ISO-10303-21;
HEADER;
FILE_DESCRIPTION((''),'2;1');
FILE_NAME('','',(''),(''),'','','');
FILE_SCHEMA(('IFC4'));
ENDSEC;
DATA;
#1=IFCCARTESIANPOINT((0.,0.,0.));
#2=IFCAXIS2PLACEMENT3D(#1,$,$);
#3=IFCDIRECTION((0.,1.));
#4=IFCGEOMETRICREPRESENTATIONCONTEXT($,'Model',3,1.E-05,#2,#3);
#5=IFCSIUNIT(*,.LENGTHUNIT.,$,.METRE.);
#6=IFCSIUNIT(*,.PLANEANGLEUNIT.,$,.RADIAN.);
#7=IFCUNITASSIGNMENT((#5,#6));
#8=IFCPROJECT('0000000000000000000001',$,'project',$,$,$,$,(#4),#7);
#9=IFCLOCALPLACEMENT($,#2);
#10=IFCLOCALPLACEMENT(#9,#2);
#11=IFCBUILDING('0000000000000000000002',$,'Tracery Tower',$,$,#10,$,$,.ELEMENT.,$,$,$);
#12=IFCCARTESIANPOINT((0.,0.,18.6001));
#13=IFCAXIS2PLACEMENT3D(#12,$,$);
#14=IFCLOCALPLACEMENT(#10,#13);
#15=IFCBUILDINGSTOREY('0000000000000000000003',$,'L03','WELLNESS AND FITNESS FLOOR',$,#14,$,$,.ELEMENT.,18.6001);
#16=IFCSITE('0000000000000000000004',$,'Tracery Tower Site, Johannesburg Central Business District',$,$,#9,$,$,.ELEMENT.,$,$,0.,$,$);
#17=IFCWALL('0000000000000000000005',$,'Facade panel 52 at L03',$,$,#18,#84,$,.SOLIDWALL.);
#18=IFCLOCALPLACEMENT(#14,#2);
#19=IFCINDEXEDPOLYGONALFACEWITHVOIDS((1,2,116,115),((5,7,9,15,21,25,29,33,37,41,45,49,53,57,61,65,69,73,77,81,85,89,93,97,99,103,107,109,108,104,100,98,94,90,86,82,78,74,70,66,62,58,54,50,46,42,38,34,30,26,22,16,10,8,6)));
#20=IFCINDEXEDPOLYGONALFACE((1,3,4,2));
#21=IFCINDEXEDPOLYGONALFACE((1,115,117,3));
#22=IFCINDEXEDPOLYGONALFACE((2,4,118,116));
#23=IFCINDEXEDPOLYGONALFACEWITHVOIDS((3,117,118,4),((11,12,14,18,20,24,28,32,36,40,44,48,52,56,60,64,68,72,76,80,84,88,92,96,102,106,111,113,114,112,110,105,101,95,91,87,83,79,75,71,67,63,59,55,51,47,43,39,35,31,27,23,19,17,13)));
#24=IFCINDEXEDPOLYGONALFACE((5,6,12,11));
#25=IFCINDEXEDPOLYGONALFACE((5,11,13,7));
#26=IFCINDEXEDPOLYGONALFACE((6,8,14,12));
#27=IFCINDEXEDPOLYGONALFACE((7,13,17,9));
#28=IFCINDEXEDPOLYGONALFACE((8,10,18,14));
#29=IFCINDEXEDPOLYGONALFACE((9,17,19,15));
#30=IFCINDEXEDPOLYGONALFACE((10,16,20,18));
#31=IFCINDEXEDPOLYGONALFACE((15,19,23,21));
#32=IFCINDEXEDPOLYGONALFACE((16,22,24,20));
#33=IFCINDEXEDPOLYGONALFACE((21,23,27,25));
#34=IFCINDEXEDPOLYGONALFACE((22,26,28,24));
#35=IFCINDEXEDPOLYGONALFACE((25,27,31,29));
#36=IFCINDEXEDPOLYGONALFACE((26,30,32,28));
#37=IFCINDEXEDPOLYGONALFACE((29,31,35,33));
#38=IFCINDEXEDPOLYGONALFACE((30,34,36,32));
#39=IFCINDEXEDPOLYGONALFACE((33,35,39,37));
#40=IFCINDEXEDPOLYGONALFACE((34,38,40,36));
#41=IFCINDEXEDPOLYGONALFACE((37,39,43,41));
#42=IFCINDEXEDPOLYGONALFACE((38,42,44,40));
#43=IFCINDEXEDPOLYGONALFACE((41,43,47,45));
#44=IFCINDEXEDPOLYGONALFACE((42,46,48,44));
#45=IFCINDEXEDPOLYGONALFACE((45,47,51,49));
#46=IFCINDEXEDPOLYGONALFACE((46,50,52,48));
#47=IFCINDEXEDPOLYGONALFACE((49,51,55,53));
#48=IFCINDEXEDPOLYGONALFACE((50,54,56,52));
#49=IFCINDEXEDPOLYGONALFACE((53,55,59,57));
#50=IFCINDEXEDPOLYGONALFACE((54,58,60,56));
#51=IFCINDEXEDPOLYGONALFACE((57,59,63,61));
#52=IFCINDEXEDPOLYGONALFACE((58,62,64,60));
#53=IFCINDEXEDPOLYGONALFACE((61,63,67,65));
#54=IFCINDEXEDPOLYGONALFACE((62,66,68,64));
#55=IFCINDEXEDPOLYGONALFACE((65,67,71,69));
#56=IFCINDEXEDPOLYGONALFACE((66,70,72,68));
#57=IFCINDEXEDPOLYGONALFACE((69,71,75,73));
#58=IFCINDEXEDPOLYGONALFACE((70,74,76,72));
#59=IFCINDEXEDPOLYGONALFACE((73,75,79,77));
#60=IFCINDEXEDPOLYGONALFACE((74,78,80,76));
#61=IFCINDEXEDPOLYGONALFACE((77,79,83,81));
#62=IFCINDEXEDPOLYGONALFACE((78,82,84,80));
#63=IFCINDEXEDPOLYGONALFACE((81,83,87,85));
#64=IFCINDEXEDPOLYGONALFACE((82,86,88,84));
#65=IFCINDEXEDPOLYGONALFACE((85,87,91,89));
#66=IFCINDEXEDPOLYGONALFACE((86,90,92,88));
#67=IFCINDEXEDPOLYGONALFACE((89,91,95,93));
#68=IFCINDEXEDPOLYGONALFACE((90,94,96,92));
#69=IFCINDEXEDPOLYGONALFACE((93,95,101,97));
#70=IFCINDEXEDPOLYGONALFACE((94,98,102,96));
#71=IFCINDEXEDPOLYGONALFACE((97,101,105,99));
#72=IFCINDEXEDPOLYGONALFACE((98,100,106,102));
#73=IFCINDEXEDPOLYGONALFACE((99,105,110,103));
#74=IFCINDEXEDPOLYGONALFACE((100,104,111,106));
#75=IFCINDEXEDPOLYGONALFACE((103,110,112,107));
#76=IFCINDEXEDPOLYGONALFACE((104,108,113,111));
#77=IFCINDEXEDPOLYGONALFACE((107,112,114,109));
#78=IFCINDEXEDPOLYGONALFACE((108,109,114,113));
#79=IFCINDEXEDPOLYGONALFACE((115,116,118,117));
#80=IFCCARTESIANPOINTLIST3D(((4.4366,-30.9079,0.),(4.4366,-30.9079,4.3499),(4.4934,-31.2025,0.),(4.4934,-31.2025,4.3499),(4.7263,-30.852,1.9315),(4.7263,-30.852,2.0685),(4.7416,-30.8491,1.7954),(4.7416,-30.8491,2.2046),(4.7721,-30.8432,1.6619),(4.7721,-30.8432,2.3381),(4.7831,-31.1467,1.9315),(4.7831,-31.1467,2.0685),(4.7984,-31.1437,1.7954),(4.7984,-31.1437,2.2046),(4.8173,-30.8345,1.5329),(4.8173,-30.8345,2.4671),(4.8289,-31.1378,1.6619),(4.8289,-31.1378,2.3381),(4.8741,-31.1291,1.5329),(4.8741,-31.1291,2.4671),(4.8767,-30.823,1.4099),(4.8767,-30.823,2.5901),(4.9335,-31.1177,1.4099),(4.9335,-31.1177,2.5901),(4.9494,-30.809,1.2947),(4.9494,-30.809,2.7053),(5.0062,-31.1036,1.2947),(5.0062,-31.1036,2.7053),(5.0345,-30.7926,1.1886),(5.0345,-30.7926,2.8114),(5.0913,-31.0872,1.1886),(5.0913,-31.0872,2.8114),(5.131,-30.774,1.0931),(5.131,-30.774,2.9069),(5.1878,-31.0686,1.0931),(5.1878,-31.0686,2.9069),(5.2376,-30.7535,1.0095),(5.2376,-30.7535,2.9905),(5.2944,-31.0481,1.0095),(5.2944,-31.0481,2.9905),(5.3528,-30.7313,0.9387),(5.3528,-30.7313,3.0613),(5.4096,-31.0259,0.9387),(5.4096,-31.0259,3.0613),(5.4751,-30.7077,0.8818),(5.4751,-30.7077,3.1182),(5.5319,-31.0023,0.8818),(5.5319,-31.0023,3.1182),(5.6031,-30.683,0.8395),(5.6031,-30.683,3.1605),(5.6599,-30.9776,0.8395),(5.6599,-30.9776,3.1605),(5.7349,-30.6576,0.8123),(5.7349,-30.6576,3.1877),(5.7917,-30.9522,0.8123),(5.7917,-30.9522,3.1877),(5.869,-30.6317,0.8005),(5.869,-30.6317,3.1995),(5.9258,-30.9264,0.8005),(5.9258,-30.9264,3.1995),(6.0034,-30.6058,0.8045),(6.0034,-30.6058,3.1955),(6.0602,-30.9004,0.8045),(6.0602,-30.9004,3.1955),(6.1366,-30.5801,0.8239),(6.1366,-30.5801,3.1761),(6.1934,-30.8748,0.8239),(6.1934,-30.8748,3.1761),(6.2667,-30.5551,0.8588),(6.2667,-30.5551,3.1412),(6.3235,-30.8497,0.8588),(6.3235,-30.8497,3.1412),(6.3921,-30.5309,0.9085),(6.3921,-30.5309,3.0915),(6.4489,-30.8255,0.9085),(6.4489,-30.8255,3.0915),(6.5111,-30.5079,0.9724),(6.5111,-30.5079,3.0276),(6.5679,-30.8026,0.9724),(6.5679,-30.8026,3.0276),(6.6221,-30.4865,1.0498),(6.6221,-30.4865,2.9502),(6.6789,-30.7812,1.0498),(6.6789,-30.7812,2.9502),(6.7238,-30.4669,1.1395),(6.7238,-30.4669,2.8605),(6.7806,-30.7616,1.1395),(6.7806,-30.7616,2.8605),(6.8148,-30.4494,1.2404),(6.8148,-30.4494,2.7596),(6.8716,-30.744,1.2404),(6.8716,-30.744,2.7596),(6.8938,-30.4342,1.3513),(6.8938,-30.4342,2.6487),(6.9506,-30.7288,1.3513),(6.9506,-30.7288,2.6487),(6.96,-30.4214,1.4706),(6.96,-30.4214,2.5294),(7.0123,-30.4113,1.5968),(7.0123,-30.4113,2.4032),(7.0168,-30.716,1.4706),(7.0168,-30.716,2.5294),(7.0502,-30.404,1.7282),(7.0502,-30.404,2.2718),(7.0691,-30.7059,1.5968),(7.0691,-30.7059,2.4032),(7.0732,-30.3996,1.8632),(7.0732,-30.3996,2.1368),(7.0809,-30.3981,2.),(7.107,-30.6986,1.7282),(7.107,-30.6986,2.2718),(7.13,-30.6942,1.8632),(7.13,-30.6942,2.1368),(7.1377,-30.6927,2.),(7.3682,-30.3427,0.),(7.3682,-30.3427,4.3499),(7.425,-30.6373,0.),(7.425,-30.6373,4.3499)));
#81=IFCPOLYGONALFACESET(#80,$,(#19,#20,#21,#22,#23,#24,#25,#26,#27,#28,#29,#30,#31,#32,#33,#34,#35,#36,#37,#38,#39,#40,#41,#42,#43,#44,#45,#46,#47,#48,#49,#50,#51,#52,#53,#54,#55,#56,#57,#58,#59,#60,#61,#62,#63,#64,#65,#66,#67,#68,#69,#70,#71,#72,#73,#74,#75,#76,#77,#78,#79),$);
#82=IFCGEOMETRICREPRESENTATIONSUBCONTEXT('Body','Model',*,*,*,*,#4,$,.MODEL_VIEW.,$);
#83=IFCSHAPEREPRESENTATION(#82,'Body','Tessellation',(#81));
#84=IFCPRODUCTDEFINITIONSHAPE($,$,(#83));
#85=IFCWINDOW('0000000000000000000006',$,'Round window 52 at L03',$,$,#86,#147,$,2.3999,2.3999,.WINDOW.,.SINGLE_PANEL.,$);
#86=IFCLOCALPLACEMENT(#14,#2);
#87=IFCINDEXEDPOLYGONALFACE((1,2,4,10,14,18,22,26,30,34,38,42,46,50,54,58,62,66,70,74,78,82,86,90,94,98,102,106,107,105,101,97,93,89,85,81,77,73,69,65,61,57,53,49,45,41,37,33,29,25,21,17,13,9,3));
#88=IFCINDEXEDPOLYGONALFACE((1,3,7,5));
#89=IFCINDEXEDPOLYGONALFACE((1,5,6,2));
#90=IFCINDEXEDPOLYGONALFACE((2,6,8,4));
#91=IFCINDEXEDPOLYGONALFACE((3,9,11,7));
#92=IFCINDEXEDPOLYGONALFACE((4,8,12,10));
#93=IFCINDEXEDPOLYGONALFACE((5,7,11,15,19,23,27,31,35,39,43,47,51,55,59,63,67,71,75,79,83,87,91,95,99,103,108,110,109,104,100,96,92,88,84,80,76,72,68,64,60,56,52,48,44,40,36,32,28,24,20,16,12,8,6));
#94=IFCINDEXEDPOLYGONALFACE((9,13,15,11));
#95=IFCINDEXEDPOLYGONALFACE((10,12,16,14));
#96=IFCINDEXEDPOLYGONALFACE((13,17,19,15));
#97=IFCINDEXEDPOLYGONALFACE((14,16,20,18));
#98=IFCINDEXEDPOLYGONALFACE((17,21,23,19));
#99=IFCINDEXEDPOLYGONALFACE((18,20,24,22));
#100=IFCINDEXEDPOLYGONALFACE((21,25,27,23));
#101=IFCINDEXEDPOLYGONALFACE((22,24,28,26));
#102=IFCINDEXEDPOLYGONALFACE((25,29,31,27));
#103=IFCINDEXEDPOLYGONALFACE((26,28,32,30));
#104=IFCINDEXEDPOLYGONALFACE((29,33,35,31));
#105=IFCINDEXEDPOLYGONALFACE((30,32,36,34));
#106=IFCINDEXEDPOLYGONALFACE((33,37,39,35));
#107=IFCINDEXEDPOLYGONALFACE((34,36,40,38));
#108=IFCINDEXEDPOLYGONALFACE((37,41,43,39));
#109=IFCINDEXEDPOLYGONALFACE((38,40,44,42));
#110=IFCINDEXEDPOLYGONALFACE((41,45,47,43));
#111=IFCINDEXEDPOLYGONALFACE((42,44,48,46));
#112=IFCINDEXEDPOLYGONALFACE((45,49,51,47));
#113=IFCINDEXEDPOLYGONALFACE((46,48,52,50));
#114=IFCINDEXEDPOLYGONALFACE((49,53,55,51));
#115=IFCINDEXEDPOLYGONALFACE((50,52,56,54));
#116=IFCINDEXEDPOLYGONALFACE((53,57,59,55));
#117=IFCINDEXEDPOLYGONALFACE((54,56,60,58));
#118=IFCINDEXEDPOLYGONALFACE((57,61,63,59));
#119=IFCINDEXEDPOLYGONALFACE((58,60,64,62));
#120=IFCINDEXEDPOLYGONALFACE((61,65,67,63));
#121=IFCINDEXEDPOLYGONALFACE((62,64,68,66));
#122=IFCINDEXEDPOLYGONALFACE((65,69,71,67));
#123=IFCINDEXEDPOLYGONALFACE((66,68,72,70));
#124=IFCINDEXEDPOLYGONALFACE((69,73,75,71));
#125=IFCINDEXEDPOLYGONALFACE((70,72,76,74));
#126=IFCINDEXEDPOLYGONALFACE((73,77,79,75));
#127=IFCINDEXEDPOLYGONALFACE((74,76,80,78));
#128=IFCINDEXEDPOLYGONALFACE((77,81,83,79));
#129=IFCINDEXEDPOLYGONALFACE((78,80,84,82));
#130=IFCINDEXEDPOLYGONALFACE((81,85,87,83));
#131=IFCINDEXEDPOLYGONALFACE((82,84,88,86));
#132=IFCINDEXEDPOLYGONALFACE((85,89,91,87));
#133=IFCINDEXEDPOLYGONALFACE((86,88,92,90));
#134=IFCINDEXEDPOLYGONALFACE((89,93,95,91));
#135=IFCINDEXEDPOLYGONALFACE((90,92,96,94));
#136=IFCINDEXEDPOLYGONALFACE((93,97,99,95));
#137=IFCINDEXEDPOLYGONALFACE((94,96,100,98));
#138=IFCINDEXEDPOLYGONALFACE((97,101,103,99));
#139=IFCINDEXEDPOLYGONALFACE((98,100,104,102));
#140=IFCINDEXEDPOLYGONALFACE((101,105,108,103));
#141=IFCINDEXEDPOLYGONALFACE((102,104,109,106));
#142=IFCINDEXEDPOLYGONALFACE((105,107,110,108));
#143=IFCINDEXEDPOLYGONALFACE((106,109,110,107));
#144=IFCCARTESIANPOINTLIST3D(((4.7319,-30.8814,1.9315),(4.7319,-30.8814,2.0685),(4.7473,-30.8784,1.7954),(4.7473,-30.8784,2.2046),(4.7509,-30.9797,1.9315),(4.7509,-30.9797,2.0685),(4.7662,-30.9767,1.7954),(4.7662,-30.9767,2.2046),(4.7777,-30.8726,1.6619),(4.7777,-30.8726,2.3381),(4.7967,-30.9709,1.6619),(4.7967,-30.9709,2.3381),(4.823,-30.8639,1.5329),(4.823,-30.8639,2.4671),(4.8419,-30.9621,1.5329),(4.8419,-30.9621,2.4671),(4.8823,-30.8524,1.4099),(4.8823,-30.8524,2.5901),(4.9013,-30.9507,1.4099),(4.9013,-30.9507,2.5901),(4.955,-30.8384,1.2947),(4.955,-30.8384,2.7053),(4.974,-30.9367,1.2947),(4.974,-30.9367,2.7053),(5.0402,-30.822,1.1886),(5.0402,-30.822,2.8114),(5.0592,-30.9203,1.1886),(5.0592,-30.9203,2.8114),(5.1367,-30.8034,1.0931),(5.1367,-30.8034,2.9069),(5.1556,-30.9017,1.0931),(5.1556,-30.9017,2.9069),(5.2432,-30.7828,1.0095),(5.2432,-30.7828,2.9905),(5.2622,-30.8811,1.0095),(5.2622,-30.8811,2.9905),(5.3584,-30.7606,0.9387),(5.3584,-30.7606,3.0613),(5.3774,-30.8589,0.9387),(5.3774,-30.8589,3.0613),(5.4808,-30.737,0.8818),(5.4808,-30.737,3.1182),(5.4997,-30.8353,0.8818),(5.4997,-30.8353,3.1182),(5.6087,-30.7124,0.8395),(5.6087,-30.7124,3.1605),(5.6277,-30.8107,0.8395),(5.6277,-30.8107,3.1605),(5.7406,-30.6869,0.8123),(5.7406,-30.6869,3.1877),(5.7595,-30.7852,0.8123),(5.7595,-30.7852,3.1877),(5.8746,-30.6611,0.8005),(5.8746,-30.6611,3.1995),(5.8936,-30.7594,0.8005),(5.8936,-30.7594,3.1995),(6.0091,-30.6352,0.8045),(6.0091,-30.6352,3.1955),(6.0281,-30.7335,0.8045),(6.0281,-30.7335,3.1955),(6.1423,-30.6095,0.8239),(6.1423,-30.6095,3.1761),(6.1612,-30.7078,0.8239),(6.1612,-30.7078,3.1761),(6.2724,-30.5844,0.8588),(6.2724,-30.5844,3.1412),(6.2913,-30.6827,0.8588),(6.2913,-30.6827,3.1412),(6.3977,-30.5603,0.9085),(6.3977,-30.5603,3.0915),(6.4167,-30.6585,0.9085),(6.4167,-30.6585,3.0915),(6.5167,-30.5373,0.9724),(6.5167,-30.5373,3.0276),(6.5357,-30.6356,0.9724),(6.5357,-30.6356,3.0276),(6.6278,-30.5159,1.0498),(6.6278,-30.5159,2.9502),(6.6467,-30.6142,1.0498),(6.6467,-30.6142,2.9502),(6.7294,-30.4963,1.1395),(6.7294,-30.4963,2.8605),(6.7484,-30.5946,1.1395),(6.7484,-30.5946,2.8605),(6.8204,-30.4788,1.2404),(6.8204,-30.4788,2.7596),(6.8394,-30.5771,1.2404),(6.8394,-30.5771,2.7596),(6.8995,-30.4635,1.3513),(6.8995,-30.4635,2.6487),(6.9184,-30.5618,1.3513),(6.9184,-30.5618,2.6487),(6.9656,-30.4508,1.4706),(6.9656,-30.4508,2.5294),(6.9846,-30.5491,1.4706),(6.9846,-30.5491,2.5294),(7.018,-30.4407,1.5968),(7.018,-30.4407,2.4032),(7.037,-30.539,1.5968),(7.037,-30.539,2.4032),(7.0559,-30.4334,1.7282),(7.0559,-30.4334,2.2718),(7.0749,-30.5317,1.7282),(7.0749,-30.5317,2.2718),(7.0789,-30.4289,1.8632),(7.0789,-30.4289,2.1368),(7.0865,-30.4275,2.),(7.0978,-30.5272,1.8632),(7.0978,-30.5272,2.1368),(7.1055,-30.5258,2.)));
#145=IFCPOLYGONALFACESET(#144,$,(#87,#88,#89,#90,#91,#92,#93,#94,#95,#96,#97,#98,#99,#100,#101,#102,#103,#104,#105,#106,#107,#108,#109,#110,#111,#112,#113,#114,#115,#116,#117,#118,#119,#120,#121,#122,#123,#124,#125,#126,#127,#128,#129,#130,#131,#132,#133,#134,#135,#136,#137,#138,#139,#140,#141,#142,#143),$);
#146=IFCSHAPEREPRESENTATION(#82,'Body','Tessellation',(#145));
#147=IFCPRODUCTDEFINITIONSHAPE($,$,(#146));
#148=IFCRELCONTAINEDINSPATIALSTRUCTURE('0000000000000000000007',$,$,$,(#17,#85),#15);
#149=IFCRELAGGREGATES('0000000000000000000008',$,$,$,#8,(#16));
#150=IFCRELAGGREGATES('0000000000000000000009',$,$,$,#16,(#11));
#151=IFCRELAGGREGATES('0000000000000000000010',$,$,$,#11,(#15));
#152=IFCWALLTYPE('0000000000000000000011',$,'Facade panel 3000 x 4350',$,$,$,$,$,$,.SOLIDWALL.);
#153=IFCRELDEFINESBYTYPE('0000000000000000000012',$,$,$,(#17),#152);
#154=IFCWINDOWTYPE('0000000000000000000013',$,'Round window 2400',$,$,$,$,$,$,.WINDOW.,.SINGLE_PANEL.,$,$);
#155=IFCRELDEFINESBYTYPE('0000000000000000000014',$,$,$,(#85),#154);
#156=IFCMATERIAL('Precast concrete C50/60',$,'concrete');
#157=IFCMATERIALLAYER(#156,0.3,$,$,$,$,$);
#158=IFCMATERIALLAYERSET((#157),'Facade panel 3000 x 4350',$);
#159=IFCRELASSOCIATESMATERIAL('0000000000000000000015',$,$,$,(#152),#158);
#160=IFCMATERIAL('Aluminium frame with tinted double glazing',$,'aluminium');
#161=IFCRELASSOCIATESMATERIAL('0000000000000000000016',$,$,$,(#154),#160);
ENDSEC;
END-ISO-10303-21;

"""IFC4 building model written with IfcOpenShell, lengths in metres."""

from ifc_helpers import new_model, si_unit, direction, frame, frame_2d, origin, origin_2d, place, context, subcontext, project, spatial, rectangle, circle, extrude, material, layer, layer_set, type_object, element, fill, save


model = new_model("IFC4")

# Units and contexts
model_context = context("Model", 3, precision=1e-05, world=origin(), true_north=direction((0.0, 1.0)))
body_context = subcontext(model_context, "Body", "Model", "MODEL_VIEW")
ifc_project = project(units=[si_unit("LENGTHUNIT", "METRE"), si_unit("PLANEANGLEUNIT", "RADIAN")], contexts=[model_context])

# Site, building, storey
site_placement = place(None, origin())
site = spatial("IfcSite", under=ifc_project, at=site_placement, Name="Tracery Tower Site, Johannesburg Central Business District", CompositionType="ELEMENT", RefElevation=0.0)
building_placement = place(site_placement, origin())
building = spatial("IfcBuilding", under=site, at=building_placement, Name="Tracery Tower", CompositionType="ELEMENT")
storey_placement = place(building_placement, frame((0.0, 0.0, 18.6001)))
storey = spatial("IfcBuildingStorey", under=building, at=storey_placement, Name="L03", Description="WELLNESS AND FITNESS FLOOR", CompositionType="ELEMENT", Elevation=18.6001)

# Wall, opening, window
ifc_material_1 = material(Name="Precast concrete C50/60", Category="concrete")
ifc_layer_1 = layer(ifc_material_1, 0.3)
ifc_layer_set_1 = layer_set([ifc_layer_1], Name="Facade panel 3000 x 4350")
wall_type_1 = type_object("IfcWallType", Name="Facade panel 3000 x 4350", PredefinedType="SOLIDWALL", material=ifc_layer_set_1)
ifc_material_2 = material(Name="Aluminium frame with tinted double glazing", Category="aluminium")
window_type = type_object("IfcWindowType", Name="Round window 2400", PartitioningType="SINGLE_PANEL", PredefinedType="WINDOW", material=ifc_material_2)
wall_1_placement = place(storey_placement, frame((4.4651, -31.0552, 0.0), z_axis=(0.0, 0.0, 1.0), x_axis=(0.981919, 0.189302, 0.0)))
wall_1 = element("IfcWall", 1, at=wall_1_placement, inside=storey, type_object=wall_type_1, Name="Facade panel 52 at L03", PredefinedType="SOLIDWALL", context=body_context, shape_type="SweptSolid", body=[
    extrude(rectangle(XDim=2.9856, YDim=0.3, at=frame_2d((1.4927, 0.0))), origin(), (0.0, 0.0, 1.0), 4.3499),
])
opening_1_placement = place(wall_1_placement, frame((1.4929, 0.0, 2.0)))
opening_1 = element("IfcOpeningElement", 2, at=opening_1_placement, cuts=wall_1, PredefinedType="OPENING", context=body_context, shape_type="SweptSolid", body=[
    extrude(circle(Radius=1.2, at=origin_2d()), frame((0.0, 0.1599, 0.0), z_axis=(0.0, -1.0, 0.0), x_axis=(1.0, 0.0, 0.0)), (0.0, 0.0, 1.0), 0.3201),
])
window_1_placement = place(opening_1_placement, origin())
window_1 = element("IfcWindow", 3, at=window_1_placement, inside=storey, type_object=window_type, Name="Round window 52 at L03", OverallHeight=2.3999, OverallWidth=2.3999, PartitioningType="SINGLE_PANEL", PredefinedType="WINDOW", context=body_context, shape_type="SweptSolid", body=[
    extrude(circle(Radius=1.2, at=origin_2d()), frame((0.0, 0.1201, 0.0), z_axis=(0.0, -1.0, 0.0), x_axis=(1.0, 0.0, 0.0)), (0.0, 0.0, 1.0), 0.1001),
])
fill(opening_1, window_1)

save(model, "model.ifc")
